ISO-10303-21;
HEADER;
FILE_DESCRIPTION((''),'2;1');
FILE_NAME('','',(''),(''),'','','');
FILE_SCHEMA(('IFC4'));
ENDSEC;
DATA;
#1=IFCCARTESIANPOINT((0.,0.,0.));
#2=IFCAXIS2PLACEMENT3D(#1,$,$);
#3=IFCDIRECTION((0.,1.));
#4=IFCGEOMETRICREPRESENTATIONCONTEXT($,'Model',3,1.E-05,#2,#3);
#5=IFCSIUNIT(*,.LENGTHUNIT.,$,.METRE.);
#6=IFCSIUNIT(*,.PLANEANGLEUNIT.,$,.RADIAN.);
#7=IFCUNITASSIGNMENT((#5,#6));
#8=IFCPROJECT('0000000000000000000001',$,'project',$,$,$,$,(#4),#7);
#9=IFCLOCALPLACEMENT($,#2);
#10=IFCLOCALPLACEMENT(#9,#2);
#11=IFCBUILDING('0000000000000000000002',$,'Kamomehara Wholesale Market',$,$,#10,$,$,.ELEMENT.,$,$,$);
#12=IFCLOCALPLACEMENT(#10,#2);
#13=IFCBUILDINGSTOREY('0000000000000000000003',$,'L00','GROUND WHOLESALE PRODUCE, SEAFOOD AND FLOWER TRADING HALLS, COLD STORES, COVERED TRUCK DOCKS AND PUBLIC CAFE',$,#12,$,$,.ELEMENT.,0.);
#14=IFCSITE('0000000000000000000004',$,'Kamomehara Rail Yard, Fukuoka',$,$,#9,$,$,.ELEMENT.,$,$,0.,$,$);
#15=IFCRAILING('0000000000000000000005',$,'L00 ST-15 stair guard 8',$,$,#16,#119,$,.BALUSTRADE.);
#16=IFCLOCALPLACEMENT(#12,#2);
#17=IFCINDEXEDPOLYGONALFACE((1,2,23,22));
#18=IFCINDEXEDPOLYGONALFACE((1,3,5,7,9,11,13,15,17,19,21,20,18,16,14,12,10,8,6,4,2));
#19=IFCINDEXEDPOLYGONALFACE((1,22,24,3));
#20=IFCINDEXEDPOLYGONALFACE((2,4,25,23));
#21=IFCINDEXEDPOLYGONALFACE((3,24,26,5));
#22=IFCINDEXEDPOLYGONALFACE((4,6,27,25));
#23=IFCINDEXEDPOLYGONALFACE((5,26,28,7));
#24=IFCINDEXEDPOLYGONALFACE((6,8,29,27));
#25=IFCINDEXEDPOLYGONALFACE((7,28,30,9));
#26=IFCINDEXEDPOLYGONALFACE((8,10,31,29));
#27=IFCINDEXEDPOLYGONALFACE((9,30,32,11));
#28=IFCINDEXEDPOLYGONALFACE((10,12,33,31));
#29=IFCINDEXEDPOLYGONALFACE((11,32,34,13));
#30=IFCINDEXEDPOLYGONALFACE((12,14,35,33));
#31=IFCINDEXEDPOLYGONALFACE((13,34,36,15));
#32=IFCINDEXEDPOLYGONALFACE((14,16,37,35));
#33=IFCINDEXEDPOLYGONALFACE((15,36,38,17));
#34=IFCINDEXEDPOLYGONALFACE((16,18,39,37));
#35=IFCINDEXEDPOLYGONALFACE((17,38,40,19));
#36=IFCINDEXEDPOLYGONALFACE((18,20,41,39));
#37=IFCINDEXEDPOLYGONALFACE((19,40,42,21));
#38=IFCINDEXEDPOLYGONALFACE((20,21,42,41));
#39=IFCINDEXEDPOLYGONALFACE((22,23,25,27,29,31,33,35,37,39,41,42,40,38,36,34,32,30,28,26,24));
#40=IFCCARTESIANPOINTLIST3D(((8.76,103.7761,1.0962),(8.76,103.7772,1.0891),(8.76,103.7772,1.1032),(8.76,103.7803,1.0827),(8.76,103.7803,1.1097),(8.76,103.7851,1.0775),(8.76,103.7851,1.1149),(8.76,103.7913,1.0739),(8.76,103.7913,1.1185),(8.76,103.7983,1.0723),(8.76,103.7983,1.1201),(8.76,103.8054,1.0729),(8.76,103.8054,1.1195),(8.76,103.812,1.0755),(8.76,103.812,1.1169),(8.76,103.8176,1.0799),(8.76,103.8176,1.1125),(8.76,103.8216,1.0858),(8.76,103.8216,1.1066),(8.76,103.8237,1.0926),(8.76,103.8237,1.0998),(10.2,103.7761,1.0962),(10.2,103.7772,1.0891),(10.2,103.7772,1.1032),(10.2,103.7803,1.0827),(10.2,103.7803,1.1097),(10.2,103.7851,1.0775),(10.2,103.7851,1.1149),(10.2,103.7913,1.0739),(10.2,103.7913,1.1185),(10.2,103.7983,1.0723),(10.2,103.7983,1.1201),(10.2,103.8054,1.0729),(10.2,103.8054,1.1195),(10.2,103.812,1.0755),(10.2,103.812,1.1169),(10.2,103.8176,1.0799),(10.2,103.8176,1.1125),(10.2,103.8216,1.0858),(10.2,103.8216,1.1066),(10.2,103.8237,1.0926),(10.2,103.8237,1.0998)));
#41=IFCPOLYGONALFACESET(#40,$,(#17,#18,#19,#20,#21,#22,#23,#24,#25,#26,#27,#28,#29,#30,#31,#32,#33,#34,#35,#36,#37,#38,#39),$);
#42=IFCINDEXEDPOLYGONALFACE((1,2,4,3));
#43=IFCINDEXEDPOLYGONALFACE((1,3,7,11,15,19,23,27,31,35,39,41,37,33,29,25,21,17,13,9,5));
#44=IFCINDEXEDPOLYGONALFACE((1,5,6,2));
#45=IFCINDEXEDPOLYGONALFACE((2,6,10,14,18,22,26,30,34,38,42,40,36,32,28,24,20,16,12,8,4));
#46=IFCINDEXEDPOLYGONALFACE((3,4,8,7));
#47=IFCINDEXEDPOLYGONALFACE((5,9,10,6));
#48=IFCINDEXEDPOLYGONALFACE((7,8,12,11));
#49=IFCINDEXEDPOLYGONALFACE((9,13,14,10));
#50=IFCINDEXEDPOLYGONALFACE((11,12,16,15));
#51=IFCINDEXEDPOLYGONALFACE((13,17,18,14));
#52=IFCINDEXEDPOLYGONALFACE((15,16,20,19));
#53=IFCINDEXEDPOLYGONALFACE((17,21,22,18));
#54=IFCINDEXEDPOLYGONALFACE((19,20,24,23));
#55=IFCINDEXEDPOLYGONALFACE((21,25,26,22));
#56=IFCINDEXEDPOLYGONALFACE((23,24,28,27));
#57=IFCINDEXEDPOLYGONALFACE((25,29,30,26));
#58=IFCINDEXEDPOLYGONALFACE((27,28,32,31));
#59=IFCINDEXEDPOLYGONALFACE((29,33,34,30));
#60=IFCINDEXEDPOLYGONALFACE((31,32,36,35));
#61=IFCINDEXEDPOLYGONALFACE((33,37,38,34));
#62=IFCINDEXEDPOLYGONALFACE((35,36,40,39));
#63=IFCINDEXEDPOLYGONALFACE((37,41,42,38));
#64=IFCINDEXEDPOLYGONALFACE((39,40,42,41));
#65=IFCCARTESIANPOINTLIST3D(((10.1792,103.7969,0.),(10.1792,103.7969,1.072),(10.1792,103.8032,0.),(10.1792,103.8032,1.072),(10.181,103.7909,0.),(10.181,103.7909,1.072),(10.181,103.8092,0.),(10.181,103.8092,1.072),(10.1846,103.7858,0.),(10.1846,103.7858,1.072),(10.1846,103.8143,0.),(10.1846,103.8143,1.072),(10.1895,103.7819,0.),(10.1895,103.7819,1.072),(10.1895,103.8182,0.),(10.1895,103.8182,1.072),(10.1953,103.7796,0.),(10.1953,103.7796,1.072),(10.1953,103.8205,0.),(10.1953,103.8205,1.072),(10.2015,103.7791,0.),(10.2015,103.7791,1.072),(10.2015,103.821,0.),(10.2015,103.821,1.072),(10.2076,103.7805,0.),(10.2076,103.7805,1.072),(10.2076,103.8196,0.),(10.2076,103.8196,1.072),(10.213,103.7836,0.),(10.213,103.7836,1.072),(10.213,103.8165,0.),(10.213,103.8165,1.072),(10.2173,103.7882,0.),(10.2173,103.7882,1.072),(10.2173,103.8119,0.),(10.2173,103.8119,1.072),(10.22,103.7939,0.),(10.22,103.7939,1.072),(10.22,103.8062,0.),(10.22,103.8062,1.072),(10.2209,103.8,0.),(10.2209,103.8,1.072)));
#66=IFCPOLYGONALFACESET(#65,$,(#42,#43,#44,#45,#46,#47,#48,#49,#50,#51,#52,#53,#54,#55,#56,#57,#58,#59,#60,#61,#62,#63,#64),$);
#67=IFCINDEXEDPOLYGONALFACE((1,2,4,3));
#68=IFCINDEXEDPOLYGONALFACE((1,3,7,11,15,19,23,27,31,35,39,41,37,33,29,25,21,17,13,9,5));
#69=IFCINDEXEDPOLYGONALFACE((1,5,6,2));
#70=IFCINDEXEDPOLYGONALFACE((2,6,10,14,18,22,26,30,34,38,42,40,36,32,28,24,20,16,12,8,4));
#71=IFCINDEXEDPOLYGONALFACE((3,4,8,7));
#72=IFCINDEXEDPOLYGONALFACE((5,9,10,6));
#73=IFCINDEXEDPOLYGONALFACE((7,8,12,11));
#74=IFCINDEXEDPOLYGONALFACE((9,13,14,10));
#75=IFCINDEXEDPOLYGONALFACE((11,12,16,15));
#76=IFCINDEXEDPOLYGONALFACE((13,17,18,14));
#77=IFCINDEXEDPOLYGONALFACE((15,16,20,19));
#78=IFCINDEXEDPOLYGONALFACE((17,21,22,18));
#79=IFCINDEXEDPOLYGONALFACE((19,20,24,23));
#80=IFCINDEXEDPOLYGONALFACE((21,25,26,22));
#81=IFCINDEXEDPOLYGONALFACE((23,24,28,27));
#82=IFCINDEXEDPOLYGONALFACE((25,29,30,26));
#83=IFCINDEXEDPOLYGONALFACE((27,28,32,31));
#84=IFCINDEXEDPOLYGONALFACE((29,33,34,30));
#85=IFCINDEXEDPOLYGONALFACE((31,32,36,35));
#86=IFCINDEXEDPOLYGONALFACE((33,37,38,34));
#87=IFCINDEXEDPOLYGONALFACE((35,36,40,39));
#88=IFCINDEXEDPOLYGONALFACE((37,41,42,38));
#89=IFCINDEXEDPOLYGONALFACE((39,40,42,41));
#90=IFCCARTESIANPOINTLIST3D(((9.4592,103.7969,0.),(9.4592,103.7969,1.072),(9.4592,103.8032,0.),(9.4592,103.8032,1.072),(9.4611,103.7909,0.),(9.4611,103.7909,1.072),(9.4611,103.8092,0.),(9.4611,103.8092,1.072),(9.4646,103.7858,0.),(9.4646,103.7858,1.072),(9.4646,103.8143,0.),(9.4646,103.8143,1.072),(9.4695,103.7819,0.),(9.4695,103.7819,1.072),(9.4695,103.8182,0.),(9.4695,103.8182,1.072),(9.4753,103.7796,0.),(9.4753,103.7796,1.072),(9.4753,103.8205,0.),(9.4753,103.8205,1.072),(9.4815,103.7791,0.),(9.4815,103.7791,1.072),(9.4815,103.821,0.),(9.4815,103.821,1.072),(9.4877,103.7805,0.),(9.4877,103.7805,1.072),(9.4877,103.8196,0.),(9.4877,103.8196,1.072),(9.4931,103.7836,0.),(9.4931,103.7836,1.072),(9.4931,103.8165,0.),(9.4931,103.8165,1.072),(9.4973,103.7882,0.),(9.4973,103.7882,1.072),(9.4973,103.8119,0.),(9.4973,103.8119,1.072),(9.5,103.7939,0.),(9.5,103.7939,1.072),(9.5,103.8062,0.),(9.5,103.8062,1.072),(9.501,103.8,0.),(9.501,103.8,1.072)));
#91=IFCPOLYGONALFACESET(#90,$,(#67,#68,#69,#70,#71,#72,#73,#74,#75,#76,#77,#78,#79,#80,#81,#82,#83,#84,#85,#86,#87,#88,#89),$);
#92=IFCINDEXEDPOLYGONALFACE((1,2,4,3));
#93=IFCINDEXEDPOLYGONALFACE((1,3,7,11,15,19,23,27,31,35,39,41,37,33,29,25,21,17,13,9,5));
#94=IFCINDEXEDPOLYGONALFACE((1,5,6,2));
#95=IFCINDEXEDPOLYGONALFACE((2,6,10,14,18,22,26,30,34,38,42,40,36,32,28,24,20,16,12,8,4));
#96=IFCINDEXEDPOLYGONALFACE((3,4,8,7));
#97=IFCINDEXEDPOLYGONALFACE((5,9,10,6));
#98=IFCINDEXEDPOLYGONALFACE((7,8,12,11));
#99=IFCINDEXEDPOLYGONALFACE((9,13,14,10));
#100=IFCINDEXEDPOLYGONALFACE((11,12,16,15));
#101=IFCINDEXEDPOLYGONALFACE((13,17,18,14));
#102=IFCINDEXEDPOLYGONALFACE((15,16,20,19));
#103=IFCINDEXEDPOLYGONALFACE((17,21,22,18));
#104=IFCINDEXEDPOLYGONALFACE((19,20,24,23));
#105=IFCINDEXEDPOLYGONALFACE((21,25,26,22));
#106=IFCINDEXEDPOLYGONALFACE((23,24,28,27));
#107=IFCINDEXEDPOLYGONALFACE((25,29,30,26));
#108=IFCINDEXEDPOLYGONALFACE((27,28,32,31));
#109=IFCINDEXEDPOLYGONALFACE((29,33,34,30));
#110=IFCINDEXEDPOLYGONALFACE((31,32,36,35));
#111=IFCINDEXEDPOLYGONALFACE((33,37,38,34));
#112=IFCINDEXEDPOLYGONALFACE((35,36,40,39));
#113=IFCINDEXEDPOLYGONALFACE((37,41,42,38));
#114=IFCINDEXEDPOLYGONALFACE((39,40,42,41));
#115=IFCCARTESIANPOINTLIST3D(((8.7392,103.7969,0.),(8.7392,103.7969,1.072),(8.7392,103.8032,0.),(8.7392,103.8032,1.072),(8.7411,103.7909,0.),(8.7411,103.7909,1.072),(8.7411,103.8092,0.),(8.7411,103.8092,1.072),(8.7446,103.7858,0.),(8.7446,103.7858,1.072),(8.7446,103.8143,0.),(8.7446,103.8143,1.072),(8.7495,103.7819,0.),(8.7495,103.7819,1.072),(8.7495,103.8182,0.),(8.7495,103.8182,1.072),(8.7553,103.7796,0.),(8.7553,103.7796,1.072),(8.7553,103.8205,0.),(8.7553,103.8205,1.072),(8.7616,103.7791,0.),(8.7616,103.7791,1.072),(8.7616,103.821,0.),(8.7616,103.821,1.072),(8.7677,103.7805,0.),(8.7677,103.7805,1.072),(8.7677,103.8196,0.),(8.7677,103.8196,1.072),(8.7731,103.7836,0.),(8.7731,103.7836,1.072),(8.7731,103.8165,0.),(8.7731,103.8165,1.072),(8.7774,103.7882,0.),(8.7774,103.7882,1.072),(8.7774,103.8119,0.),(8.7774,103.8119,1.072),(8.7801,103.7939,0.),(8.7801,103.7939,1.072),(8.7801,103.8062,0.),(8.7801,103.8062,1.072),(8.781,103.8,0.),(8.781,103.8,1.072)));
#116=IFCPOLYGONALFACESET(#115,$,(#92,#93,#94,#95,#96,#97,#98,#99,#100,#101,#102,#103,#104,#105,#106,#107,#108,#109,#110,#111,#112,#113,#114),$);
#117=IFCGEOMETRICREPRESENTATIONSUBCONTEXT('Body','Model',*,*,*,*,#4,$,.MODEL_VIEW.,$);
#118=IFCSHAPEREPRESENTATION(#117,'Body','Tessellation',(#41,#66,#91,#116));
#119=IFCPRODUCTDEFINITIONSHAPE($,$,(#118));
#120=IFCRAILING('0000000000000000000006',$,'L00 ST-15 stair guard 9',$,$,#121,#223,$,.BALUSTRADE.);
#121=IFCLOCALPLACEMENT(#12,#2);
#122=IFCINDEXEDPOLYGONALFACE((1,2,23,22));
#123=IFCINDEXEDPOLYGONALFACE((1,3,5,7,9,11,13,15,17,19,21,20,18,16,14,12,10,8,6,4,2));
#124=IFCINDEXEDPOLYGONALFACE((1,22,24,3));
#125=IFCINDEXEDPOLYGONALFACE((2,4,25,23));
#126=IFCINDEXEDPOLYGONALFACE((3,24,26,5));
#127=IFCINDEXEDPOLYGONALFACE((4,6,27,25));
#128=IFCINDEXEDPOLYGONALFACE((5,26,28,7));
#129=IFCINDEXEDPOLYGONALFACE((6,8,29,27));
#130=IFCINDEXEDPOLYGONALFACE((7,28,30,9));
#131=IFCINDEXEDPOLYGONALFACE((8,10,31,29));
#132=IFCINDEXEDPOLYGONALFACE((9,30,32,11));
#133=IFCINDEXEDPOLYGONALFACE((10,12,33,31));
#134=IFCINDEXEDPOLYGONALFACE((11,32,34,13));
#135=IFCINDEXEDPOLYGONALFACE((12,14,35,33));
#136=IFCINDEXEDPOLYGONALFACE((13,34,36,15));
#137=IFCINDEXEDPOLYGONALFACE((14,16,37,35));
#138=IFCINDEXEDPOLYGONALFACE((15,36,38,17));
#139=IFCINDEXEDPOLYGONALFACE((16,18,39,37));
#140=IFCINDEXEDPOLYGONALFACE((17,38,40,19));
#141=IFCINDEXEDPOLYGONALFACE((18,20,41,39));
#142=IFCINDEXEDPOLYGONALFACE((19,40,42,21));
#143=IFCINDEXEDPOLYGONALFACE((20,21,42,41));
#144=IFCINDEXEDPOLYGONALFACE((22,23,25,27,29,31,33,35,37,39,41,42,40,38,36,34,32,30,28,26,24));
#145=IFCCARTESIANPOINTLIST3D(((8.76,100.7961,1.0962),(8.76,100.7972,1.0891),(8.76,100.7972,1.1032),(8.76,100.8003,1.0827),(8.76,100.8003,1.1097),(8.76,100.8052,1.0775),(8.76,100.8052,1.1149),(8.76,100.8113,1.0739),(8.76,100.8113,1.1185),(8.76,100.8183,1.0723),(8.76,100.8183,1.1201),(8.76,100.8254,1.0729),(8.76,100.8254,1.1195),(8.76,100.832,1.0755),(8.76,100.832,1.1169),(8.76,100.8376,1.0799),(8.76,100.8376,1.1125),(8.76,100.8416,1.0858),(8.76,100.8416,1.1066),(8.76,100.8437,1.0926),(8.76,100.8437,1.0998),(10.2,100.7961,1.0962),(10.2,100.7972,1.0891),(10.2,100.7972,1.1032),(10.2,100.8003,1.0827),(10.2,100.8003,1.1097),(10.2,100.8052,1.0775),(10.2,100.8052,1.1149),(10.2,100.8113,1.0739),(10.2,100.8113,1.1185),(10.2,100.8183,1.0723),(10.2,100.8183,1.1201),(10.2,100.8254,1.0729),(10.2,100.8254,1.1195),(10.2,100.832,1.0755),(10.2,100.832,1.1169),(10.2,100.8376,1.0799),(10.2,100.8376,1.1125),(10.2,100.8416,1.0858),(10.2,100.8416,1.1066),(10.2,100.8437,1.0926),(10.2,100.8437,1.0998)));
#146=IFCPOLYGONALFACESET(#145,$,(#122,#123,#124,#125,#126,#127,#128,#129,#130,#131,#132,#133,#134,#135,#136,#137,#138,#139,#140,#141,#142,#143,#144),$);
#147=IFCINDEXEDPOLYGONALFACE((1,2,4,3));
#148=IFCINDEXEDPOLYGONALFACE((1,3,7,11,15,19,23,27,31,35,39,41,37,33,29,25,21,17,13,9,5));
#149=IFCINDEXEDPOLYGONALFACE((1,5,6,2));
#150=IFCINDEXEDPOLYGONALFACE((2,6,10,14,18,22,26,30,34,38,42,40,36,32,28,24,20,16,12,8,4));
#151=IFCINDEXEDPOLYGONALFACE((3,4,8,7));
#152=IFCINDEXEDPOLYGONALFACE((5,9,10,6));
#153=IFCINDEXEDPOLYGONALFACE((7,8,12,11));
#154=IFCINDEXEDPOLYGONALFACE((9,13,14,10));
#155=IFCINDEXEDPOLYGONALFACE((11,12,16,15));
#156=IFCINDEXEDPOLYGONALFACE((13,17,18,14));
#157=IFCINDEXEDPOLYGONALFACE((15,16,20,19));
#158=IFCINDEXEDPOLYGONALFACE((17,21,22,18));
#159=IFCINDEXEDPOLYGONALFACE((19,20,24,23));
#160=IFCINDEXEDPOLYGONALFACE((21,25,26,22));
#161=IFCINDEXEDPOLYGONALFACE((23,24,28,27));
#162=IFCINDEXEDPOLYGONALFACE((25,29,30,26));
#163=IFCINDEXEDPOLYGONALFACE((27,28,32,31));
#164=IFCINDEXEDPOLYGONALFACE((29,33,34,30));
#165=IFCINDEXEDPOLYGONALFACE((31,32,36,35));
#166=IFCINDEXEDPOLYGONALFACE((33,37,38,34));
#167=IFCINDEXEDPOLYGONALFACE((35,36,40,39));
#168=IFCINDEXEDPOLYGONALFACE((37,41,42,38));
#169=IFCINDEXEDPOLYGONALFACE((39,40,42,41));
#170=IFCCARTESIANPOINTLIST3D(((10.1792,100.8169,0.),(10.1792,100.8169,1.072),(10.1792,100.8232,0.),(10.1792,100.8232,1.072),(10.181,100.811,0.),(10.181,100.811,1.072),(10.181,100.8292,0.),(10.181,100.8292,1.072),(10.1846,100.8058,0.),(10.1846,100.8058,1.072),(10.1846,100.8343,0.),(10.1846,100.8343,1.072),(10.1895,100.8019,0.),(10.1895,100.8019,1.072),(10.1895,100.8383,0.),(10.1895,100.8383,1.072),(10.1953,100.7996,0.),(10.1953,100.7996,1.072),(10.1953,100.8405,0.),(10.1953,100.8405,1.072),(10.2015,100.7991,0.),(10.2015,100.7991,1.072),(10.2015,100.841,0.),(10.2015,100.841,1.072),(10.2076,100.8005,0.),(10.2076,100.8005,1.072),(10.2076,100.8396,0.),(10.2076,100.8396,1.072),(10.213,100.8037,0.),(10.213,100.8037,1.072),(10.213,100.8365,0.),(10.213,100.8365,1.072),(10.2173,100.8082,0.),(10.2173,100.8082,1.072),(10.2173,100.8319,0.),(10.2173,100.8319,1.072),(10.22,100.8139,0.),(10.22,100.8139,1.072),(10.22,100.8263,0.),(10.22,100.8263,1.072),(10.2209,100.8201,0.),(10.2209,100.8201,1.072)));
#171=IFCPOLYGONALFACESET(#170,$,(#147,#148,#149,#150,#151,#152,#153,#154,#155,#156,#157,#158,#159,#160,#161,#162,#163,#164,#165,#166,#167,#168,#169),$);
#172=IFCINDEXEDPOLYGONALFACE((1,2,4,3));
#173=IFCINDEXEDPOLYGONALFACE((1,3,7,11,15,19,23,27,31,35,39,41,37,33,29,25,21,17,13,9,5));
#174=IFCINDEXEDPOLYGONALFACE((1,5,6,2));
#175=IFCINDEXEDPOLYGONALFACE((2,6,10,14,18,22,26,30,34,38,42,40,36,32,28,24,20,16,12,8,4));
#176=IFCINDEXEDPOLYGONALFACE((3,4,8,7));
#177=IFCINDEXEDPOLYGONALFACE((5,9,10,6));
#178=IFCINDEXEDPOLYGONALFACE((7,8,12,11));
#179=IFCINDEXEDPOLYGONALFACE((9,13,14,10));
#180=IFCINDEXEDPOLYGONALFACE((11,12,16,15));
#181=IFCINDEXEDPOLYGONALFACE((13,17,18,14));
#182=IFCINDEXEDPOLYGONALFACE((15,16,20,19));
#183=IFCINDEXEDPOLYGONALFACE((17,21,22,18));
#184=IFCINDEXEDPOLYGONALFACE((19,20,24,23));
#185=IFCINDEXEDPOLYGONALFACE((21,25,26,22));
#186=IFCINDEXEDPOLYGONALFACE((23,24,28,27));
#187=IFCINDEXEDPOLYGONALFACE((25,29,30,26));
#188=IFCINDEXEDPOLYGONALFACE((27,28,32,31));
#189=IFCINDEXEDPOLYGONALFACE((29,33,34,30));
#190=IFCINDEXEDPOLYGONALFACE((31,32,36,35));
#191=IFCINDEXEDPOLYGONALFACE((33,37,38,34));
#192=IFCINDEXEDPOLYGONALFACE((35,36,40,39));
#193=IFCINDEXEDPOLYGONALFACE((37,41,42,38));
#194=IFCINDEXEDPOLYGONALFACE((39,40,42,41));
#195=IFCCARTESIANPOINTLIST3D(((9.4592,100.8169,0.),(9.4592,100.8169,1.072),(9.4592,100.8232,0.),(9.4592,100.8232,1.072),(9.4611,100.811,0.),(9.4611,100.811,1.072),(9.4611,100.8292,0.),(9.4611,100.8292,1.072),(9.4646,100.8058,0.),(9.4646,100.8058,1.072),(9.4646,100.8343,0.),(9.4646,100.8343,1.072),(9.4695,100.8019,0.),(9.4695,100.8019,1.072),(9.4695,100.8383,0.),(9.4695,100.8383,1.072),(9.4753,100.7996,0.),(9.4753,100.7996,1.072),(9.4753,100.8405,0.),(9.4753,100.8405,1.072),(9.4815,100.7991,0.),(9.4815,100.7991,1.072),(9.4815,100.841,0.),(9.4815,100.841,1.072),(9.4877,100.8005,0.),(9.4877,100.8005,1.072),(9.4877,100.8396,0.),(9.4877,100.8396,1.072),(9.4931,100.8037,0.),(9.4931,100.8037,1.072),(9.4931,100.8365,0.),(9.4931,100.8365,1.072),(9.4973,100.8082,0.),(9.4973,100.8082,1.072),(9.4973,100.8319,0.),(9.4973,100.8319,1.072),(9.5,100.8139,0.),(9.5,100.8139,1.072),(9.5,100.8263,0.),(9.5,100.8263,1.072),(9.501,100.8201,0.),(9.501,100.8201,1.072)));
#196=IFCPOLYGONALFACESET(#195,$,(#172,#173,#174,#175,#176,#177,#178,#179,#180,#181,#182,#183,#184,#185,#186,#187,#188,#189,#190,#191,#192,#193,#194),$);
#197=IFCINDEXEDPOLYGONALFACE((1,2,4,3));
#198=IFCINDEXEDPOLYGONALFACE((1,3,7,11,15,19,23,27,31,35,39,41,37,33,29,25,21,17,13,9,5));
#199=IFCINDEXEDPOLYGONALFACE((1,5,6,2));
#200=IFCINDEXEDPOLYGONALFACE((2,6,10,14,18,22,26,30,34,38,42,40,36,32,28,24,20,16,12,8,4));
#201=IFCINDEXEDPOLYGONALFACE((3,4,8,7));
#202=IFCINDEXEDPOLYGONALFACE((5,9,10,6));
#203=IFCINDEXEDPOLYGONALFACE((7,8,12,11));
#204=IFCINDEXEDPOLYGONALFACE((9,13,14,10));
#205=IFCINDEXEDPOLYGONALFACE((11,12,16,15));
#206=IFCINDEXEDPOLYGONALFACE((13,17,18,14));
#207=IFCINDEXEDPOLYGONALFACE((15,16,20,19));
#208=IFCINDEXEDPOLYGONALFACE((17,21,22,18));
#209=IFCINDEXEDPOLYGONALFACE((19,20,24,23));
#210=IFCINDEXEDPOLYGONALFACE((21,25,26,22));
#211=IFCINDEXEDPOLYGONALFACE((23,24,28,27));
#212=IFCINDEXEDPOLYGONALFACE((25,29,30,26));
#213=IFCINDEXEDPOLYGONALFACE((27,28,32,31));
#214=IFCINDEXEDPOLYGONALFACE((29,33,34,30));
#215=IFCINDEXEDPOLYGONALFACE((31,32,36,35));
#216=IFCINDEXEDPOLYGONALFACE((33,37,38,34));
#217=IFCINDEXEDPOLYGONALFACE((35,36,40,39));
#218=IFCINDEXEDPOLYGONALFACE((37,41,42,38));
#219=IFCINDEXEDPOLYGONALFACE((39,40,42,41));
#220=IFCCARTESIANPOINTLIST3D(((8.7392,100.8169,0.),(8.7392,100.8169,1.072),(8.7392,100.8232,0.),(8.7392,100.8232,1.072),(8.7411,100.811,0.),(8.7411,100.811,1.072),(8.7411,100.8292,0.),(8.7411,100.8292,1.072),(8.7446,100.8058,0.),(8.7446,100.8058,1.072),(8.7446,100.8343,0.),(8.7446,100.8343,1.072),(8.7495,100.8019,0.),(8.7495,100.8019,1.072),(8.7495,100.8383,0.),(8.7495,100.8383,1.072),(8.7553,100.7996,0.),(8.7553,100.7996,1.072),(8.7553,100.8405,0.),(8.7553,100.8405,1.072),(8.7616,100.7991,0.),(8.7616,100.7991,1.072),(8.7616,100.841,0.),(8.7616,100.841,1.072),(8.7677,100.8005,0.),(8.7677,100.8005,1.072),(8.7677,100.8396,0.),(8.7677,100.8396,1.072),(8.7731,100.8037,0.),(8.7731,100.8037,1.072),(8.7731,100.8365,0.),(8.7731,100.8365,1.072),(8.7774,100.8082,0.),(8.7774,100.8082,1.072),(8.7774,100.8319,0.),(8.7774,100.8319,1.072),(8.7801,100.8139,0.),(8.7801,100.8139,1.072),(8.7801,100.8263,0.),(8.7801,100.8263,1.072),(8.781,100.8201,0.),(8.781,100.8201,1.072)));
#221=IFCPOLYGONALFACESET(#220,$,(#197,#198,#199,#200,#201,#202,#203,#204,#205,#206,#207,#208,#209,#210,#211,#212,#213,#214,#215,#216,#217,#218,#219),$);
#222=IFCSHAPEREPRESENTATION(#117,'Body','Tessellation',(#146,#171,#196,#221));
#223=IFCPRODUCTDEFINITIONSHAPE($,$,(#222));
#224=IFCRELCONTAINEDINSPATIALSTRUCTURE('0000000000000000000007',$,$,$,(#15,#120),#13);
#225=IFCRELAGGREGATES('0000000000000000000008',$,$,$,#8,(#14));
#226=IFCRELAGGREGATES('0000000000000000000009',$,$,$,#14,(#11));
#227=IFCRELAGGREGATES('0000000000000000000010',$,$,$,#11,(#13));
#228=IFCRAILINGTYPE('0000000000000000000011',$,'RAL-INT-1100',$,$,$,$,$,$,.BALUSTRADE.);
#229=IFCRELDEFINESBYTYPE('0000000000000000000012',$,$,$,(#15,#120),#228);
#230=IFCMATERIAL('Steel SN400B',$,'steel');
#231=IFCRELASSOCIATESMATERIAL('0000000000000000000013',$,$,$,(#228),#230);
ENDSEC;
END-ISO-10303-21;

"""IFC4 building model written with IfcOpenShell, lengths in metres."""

from ifc_helpers import new_model, si_unit, direction, frame, origin, origin_2d, place, context, subcontext, project, spatial, circle, extrude, material, type_object, element, save


model = new_model("IFC4")

# Units and contexts
model_context = context("Model", 3, precision=1e-05, world=origin(), true_north=direction((0.0, 1.0)))
body_context = subcontext(model_context, "Body", "Model", "MODEL_VIEW")
ifc_project = project(units=[si_unit("LENGTHUNIT", "METRE"), si_unit("PLANEANGLEUNIT", "RADIAN")], contexts=[model_context])

# Site, building, storey
site_placement = place(None, origin())
site = spatial("IfcSite", under=ifc_project, at=site_placement, Name="Kamomehara Rail Yard, Fukuoka", CompositionType="ELEMENT", RefElevation=0.0)
building_placement = place(site_placement, origin())
building = spatial("IfcBuilding", under=site, at=building_placement, Name="Kamomehara Wholesale Market", CompositionType="ELEMENT")
storey_placement = place(building_placement, origin())
storey = spatial("IfcBuildingStorey", under=building, at=storey_placement, Name="L00", Description="GROUND WHOLESALE PRODUCE, SEAFOOD AND FLOWER TRADING HALLS, COLD STORES, COVERED TRUCK DOCKS AND PUBLIC CAFE", CompositionType="ELEMENT", Elevation=0.0)

# Railings
ifc_material_1 = material(Name="Steel SN400B", Category="steel")
railing_type = type_object("IfcRailingType", Name="RAL-INT-1100", PredefinedType="BALUSTRADE", material=ifc_material_1)
for number, where, name in (
    (1, (10.2, 103.8, 0.0), "L00 ST-15 stair guard 8"),
    (2, (10.2, 100.8201, 0.0), "L00 ST-15 stair guard 9"),
):
    element("IfcRailing", number, at=place(storey_placement, frame(where)), inside=storey, type_object=railing_type, Name=name, PredefinedType="BALUSTRADE", context=body_context, shape_type="SweptSolid", body=[
        extrude(circle(Radius=0.0239, at=origin_2d()), frame((0.0, 0.0, 1.0962), z_axis=(-1.0, 0.0, 0.0), x_axis=(0.0, -1.0, 0.0)), (0.0, 0.0, 1.0), 1.4399),
        extrude(circle(Radius=0.021, at=origin_2d()), origin(), (0.0, 0.0, 1.0), 1.072),
        extrude(circle(Radius=0.021, at=origin_2d()), frame((-0.72, 0.0, 0.0)), (0.0, 0.0, 1.0), 1.072),
        extrude(circle(Radius=0.021, at=origin_2d()), frame((-1.4399, 0.0, 0.0)), (0.0, 0.0, 1.0), 1.072),
    ])

save(model, "model.ifc")
